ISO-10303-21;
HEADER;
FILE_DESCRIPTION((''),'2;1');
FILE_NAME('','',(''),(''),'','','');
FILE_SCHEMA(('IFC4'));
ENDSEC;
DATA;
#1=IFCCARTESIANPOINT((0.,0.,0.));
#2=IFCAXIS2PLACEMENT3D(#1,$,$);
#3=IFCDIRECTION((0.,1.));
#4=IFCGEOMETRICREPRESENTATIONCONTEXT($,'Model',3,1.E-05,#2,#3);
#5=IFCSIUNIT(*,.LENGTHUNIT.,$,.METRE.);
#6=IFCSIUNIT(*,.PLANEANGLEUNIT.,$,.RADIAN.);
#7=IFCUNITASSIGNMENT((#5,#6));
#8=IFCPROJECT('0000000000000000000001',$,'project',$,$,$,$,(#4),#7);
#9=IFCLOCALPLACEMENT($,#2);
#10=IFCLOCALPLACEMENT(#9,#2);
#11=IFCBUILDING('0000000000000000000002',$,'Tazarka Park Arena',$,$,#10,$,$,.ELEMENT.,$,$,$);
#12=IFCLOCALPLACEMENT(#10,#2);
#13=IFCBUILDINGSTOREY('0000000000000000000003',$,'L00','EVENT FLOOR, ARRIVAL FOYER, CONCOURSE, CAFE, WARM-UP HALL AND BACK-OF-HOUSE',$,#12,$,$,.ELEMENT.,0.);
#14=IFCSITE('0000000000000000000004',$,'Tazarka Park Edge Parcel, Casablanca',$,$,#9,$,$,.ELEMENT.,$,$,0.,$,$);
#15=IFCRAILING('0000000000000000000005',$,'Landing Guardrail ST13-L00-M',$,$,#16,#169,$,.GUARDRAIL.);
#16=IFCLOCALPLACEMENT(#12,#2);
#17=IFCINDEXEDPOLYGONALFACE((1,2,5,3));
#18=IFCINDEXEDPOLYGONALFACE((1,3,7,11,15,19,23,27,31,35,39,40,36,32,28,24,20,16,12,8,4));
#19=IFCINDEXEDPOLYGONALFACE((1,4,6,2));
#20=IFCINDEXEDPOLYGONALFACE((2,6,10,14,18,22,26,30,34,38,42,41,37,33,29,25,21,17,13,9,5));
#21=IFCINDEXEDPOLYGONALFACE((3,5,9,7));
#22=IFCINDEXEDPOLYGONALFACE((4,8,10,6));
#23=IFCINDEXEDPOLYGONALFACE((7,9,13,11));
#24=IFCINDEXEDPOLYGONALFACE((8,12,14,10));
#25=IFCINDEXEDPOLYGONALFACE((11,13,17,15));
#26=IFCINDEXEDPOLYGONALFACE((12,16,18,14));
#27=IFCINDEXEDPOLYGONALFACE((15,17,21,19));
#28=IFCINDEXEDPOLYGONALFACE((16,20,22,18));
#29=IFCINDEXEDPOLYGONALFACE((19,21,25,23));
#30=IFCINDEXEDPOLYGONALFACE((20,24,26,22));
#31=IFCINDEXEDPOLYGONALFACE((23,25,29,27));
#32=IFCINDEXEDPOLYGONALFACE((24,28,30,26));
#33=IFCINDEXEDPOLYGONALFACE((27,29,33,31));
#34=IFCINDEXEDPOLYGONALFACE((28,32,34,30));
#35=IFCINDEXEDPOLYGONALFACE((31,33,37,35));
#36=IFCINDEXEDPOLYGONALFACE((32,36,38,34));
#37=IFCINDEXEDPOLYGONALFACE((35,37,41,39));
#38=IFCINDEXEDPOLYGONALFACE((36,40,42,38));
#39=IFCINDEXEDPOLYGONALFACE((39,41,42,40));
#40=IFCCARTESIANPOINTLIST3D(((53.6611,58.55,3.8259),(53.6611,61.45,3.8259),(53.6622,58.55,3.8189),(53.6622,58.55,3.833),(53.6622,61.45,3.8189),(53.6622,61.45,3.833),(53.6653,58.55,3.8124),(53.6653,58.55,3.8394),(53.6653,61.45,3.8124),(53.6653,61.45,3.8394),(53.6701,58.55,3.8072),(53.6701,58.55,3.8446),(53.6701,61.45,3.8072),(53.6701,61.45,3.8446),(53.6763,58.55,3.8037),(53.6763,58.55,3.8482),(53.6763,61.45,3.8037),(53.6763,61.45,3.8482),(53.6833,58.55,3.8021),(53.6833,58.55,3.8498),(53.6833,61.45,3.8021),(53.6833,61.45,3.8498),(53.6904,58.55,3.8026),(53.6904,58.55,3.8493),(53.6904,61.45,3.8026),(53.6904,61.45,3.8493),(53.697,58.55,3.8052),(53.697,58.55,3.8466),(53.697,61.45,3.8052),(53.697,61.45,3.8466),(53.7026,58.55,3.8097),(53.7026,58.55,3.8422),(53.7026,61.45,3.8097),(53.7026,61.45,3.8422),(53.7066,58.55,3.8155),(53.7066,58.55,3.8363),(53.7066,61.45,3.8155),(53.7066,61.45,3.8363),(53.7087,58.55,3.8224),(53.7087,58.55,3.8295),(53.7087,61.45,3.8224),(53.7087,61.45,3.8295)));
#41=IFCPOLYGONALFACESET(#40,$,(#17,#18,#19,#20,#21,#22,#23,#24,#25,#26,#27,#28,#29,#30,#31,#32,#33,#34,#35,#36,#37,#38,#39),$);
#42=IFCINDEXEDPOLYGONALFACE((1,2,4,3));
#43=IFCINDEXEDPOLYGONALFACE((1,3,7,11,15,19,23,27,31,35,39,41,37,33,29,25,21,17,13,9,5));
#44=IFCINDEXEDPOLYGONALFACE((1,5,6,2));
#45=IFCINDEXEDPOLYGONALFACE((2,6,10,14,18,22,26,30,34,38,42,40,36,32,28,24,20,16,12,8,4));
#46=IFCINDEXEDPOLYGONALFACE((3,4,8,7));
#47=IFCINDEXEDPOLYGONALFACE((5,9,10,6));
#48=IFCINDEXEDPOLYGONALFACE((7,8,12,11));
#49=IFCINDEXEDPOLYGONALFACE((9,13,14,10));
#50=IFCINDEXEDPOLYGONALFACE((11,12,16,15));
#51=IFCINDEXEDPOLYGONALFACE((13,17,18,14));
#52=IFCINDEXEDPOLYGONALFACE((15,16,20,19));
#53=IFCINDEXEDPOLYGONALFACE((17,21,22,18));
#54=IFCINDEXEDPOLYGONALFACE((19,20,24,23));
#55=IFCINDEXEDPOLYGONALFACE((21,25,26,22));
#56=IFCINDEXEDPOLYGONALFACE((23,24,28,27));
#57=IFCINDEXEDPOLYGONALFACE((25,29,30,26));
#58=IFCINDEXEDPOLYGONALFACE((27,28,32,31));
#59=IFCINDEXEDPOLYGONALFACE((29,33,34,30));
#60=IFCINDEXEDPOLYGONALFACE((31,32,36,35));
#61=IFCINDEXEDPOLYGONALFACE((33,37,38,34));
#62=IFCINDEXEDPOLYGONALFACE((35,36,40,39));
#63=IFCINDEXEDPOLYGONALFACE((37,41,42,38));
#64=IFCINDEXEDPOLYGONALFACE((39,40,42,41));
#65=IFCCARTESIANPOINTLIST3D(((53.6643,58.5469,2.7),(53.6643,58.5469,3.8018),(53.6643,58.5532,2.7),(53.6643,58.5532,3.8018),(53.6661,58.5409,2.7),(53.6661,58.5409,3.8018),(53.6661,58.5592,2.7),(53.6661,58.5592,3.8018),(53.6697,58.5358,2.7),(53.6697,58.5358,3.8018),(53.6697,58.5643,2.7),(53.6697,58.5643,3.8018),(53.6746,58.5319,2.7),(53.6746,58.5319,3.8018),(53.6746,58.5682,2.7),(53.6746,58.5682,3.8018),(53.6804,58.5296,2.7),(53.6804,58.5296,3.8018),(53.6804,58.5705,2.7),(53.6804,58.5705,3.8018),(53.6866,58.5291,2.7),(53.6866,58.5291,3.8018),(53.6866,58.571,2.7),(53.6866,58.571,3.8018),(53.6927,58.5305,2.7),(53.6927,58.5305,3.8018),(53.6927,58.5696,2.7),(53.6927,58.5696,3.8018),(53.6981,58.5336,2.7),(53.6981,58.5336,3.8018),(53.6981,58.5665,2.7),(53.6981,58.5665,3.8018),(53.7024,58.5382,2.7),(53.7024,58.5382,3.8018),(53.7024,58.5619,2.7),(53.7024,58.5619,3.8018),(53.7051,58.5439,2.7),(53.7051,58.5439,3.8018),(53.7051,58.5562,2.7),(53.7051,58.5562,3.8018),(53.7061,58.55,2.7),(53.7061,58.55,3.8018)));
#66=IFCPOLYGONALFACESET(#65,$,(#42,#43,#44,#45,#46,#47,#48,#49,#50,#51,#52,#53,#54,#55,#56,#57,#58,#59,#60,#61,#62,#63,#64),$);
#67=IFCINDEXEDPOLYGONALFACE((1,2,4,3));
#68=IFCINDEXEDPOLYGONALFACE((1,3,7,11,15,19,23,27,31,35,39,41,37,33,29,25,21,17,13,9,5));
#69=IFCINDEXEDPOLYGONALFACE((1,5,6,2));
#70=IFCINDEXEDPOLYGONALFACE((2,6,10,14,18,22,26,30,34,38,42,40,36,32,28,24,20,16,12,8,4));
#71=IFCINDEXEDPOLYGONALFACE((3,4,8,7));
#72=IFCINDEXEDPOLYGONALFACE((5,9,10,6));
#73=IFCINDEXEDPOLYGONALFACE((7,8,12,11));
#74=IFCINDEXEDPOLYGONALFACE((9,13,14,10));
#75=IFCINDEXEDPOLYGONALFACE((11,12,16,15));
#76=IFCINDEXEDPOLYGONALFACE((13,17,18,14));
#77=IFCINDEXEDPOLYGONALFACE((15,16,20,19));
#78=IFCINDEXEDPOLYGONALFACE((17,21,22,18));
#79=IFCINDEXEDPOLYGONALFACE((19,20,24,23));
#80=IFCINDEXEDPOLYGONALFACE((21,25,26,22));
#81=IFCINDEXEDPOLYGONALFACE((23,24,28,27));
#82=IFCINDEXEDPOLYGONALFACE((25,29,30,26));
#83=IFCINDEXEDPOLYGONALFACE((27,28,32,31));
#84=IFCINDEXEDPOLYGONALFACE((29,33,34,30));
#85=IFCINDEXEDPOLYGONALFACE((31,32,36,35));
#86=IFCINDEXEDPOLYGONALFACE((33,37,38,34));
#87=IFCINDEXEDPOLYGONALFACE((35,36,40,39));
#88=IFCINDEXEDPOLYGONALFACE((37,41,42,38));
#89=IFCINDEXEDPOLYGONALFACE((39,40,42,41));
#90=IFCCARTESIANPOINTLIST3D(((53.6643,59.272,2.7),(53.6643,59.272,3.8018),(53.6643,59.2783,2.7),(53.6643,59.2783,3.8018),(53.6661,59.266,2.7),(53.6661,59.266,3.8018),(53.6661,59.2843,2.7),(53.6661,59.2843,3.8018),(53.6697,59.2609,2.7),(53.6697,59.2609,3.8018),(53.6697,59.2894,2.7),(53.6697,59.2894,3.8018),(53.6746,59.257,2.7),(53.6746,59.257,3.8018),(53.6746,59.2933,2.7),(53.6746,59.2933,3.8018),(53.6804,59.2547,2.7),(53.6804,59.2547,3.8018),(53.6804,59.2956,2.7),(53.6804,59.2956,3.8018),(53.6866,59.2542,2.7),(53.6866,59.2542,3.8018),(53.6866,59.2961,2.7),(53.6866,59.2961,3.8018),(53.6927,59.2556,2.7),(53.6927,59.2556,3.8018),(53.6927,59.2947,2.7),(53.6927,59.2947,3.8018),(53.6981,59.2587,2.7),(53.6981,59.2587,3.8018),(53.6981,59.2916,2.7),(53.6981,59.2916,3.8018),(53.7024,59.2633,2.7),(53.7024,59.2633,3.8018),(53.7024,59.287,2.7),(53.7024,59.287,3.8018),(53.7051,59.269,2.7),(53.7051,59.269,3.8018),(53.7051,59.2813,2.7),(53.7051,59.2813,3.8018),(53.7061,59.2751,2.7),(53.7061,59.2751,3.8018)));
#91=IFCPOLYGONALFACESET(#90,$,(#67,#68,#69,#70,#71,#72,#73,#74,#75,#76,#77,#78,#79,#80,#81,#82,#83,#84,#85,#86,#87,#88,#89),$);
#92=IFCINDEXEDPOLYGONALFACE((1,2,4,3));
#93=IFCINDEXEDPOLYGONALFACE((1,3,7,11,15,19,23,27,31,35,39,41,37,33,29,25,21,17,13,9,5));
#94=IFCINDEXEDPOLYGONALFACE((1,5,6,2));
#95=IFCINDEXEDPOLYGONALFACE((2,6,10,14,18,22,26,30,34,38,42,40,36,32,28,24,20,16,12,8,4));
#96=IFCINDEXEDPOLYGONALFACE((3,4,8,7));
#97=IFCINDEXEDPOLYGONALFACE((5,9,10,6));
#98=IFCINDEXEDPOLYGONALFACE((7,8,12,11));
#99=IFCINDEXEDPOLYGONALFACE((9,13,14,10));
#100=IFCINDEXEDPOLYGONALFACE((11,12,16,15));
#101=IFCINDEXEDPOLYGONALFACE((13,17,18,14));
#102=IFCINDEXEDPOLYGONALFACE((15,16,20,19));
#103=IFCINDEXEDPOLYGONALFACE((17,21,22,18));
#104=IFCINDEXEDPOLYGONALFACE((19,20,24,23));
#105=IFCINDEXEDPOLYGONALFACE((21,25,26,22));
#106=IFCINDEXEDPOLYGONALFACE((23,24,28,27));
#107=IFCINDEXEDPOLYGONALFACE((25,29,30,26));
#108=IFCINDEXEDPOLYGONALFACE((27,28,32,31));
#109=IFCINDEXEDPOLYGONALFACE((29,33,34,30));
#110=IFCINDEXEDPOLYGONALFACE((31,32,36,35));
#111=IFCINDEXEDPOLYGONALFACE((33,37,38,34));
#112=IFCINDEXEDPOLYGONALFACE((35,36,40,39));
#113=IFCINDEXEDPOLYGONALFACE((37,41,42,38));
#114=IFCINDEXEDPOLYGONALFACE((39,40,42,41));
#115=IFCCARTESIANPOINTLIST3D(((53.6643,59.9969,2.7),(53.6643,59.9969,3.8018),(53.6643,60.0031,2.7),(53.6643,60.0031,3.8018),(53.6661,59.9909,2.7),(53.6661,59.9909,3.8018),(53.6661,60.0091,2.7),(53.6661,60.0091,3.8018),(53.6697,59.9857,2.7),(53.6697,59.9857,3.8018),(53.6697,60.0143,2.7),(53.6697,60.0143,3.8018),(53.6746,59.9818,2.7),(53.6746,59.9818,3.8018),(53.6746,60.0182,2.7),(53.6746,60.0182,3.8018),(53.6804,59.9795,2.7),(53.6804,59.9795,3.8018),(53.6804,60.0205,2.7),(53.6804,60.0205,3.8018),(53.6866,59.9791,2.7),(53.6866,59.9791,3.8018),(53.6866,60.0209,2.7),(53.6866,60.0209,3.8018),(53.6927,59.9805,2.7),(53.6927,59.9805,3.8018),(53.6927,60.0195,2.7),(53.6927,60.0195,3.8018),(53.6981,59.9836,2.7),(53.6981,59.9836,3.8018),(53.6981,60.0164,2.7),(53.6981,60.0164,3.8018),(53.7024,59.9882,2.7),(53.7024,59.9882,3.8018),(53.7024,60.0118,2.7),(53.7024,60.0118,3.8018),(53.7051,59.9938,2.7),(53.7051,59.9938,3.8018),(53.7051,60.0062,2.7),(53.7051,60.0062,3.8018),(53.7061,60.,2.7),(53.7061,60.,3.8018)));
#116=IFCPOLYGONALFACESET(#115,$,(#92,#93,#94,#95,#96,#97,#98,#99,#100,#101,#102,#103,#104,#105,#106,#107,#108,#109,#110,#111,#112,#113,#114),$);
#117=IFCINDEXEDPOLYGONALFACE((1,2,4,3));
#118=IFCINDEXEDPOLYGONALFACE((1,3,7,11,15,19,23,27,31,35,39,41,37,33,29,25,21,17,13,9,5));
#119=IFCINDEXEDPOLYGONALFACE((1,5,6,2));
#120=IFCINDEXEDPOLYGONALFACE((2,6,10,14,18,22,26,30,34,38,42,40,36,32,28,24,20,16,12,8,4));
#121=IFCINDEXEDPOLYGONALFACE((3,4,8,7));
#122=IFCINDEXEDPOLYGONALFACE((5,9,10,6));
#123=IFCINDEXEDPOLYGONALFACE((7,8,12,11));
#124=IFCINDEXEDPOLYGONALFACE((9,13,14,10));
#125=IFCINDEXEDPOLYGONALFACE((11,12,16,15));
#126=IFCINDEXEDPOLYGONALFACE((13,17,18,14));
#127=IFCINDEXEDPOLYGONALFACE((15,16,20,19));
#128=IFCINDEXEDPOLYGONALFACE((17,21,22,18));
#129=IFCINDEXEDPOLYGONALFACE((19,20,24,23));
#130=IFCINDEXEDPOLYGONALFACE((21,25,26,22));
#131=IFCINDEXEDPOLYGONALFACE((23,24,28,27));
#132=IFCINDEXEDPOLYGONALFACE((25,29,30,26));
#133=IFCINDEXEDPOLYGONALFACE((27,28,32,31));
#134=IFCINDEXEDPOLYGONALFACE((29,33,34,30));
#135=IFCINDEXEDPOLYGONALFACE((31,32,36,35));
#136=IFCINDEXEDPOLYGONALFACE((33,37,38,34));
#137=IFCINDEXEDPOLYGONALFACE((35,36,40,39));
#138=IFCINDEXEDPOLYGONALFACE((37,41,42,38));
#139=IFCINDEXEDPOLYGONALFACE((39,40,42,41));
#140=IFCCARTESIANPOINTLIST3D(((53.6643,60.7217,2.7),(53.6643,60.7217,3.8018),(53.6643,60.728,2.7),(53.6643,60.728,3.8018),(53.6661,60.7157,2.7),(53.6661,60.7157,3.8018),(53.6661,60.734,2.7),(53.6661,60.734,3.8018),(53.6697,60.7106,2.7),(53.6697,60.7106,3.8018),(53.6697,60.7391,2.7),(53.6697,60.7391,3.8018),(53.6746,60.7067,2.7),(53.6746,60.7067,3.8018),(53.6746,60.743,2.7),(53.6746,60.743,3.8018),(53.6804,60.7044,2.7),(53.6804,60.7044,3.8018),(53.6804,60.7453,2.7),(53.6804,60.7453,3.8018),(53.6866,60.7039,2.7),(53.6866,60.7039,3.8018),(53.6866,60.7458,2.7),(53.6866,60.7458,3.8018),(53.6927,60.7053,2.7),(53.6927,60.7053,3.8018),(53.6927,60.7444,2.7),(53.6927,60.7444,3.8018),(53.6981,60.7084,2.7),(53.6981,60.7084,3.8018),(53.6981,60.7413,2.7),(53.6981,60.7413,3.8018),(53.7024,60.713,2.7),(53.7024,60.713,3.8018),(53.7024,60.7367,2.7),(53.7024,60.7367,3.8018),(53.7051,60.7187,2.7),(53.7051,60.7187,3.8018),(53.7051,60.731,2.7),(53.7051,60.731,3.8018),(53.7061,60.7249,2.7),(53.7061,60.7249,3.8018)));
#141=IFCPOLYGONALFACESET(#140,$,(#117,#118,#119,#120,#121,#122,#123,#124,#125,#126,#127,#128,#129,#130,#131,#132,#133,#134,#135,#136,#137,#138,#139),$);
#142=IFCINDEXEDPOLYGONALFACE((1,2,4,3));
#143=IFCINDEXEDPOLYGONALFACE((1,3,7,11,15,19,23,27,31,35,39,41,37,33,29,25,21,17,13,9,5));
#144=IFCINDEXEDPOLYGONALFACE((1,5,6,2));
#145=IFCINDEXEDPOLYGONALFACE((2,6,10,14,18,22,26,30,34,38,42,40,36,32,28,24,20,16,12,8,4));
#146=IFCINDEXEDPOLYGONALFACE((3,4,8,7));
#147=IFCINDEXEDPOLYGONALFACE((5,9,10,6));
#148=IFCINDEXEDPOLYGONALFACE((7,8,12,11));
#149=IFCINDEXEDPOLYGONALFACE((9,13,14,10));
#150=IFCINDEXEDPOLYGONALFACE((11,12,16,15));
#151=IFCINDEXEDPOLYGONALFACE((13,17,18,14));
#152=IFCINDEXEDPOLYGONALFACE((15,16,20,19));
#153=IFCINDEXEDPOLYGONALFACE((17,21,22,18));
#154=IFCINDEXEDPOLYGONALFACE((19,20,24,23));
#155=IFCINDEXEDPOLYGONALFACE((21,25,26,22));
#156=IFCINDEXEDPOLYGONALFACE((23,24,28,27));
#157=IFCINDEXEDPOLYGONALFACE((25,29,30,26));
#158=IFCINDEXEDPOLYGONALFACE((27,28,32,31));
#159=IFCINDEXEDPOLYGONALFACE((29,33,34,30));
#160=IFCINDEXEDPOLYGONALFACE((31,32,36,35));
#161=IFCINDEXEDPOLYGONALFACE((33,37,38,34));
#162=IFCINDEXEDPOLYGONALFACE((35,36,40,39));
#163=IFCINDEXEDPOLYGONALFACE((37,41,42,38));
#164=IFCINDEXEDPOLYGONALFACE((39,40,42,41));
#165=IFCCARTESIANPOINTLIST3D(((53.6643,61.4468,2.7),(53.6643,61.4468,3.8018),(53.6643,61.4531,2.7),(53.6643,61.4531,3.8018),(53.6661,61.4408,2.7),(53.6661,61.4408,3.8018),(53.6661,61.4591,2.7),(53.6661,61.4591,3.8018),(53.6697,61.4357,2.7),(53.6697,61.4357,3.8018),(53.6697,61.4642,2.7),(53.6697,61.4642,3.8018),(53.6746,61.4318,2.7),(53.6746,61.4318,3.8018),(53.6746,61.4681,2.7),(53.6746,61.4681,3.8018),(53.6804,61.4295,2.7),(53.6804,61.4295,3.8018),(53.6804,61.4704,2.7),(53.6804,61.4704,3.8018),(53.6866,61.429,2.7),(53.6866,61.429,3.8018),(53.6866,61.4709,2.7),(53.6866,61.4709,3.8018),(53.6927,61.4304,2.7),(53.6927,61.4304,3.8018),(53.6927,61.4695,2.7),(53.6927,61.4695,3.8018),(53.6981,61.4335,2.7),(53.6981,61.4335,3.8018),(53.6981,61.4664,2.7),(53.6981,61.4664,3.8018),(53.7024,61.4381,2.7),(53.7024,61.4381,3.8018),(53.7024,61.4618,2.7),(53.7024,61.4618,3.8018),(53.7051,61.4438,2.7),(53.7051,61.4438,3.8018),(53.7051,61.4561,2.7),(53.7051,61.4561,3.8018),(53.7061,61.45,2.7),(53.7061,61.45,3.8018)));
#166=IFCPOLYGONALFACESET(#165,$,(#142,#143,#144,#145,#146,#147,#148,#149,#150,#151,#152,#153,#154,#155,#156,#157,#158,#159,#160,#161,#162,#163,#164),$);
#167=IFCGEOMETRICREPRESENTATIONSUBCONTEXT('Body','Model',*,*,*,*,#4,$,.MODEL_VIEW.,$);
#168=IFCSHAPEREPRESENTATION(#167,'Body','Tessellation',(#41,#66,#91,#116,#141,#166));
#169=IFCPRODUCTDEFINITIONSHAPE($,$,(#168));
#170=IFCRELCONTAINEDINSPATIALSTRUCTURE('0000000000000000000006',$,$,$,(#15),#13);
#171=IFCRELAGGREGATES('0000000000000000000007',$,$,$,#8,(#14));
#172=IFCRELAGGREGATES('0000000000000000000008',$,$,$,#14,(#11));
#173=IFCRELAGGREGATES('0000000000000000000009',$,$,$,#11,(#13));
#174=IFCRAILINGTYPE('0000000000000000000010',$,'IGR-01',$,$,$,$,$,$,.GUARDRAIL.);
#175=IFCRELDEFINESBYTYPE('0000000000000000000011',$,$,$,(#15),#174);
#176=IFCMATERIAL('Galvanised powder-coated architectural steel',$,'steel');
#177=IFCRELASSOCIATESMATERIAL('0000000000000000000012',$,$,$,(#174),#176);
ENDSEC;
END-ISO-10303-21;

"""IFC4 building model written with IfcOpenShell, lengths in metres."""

from ifc_helpers import new_model, si_unit, direction, frame, origin, origin_2d, place, context, subcontext, project, spatial, circle, extrude, material, type_object, element, save


model = new_model("IFC4")

# Units and contexts
model_context = context("Model", 3, precision=1e-05, world=origin(), true_north=direction((0.0, 1.0)))
body_context = subcontext(model_context, "Body", "Model", "MODEL_VIEW")
ifc_project = project(units=[si_unit("LENGTHUNIT", "METRE"), si_unit("PLANEANGLEUNIT", "RADIAN")], contexts=[model_context])

# Site, building, storey
site_placement = place(None, origin())
site = spatial("IfcSite", under=ifc_project, at=site_placement, Name="Tazarka Park Edge Parcel, Casablanca", CompositionType="ELEMENT", RefElevation=0.0)
building_placement = place(site_placement, origin())
building = spatial("IfcBuilding", under=site, at=building_placement, Name="Tazarka Park Arena", CompositionType="ELEMENT")
storey_placement = place(building_placement, origin())
storey = spatial("IfcBuildingStorey", under=building, at=storey_placement, Name="L00", Description="EVENT FLOOR, ARRIVAL FOYER, CONCOURSE, CAFE, WARM-UP HALL AND BACK-OF-HOUSE", CompositionType="ELEMENT", Elevation=0.0)

# Railing
ifc_material_1 = material(Name="Galvanised powder-coated architectural steel", Category="steel")
railing_type_1 = type_object("IfcRailingType", Name="IGR-01", PredefinedType="GUARDRAIL", material=ifc_material_1)
for number, where, name in (
    (1, (53.6851, 58.55, 2.7), "Landing Guardrail ST13-L00-M"),
):
    element("IfcRailing", number, at=place(storey_placement, frame(where)), inside=storey, type_object=railing_type_1, Name=name, PredefinedType="GUARDRAIL", context=body_context, shape_type="SweptSolid", body=[
        extrude(circle(Radius=0.0239, at=origin_2d()), frame((0.0, 0.0, 1.126), z_axis=(0.0, 1.0, 0.0), x_axis=(-1.0, 0.0, 0.0)), (0.0, 0.0, 1.0), 2.8999),
        extrude(circle(Radius=0.021, at=origin_2d()), origin(), (0.0, 0.0, 1.0), 1.1018),
        extrude(circle(Radius=0.021, at=origin_2d()), frame((0.0, 0.7251, 0.0)), (0.0, 0.0, 1.0), 1.1018),
        extrude(circle(Radius=0.021, at=origin_2d()), frame((0.0, 1.45, 0.0)), (0.0, 0.0, 1.0), 1.1018),
        extrude(circle(Radius=0.021, at=origin_2d()), frame((0.0, 2.1748, 0.0)), (0.0, 0.0, 1.0), 1.1018),
        extrude(circle(Radius=0.021, at=origin_2d()), frame((0.0, 2.8999, 0.0)), (0.0, 0.0, 1.0), 1.1018),
    ])

save(model, "model.ifc")
